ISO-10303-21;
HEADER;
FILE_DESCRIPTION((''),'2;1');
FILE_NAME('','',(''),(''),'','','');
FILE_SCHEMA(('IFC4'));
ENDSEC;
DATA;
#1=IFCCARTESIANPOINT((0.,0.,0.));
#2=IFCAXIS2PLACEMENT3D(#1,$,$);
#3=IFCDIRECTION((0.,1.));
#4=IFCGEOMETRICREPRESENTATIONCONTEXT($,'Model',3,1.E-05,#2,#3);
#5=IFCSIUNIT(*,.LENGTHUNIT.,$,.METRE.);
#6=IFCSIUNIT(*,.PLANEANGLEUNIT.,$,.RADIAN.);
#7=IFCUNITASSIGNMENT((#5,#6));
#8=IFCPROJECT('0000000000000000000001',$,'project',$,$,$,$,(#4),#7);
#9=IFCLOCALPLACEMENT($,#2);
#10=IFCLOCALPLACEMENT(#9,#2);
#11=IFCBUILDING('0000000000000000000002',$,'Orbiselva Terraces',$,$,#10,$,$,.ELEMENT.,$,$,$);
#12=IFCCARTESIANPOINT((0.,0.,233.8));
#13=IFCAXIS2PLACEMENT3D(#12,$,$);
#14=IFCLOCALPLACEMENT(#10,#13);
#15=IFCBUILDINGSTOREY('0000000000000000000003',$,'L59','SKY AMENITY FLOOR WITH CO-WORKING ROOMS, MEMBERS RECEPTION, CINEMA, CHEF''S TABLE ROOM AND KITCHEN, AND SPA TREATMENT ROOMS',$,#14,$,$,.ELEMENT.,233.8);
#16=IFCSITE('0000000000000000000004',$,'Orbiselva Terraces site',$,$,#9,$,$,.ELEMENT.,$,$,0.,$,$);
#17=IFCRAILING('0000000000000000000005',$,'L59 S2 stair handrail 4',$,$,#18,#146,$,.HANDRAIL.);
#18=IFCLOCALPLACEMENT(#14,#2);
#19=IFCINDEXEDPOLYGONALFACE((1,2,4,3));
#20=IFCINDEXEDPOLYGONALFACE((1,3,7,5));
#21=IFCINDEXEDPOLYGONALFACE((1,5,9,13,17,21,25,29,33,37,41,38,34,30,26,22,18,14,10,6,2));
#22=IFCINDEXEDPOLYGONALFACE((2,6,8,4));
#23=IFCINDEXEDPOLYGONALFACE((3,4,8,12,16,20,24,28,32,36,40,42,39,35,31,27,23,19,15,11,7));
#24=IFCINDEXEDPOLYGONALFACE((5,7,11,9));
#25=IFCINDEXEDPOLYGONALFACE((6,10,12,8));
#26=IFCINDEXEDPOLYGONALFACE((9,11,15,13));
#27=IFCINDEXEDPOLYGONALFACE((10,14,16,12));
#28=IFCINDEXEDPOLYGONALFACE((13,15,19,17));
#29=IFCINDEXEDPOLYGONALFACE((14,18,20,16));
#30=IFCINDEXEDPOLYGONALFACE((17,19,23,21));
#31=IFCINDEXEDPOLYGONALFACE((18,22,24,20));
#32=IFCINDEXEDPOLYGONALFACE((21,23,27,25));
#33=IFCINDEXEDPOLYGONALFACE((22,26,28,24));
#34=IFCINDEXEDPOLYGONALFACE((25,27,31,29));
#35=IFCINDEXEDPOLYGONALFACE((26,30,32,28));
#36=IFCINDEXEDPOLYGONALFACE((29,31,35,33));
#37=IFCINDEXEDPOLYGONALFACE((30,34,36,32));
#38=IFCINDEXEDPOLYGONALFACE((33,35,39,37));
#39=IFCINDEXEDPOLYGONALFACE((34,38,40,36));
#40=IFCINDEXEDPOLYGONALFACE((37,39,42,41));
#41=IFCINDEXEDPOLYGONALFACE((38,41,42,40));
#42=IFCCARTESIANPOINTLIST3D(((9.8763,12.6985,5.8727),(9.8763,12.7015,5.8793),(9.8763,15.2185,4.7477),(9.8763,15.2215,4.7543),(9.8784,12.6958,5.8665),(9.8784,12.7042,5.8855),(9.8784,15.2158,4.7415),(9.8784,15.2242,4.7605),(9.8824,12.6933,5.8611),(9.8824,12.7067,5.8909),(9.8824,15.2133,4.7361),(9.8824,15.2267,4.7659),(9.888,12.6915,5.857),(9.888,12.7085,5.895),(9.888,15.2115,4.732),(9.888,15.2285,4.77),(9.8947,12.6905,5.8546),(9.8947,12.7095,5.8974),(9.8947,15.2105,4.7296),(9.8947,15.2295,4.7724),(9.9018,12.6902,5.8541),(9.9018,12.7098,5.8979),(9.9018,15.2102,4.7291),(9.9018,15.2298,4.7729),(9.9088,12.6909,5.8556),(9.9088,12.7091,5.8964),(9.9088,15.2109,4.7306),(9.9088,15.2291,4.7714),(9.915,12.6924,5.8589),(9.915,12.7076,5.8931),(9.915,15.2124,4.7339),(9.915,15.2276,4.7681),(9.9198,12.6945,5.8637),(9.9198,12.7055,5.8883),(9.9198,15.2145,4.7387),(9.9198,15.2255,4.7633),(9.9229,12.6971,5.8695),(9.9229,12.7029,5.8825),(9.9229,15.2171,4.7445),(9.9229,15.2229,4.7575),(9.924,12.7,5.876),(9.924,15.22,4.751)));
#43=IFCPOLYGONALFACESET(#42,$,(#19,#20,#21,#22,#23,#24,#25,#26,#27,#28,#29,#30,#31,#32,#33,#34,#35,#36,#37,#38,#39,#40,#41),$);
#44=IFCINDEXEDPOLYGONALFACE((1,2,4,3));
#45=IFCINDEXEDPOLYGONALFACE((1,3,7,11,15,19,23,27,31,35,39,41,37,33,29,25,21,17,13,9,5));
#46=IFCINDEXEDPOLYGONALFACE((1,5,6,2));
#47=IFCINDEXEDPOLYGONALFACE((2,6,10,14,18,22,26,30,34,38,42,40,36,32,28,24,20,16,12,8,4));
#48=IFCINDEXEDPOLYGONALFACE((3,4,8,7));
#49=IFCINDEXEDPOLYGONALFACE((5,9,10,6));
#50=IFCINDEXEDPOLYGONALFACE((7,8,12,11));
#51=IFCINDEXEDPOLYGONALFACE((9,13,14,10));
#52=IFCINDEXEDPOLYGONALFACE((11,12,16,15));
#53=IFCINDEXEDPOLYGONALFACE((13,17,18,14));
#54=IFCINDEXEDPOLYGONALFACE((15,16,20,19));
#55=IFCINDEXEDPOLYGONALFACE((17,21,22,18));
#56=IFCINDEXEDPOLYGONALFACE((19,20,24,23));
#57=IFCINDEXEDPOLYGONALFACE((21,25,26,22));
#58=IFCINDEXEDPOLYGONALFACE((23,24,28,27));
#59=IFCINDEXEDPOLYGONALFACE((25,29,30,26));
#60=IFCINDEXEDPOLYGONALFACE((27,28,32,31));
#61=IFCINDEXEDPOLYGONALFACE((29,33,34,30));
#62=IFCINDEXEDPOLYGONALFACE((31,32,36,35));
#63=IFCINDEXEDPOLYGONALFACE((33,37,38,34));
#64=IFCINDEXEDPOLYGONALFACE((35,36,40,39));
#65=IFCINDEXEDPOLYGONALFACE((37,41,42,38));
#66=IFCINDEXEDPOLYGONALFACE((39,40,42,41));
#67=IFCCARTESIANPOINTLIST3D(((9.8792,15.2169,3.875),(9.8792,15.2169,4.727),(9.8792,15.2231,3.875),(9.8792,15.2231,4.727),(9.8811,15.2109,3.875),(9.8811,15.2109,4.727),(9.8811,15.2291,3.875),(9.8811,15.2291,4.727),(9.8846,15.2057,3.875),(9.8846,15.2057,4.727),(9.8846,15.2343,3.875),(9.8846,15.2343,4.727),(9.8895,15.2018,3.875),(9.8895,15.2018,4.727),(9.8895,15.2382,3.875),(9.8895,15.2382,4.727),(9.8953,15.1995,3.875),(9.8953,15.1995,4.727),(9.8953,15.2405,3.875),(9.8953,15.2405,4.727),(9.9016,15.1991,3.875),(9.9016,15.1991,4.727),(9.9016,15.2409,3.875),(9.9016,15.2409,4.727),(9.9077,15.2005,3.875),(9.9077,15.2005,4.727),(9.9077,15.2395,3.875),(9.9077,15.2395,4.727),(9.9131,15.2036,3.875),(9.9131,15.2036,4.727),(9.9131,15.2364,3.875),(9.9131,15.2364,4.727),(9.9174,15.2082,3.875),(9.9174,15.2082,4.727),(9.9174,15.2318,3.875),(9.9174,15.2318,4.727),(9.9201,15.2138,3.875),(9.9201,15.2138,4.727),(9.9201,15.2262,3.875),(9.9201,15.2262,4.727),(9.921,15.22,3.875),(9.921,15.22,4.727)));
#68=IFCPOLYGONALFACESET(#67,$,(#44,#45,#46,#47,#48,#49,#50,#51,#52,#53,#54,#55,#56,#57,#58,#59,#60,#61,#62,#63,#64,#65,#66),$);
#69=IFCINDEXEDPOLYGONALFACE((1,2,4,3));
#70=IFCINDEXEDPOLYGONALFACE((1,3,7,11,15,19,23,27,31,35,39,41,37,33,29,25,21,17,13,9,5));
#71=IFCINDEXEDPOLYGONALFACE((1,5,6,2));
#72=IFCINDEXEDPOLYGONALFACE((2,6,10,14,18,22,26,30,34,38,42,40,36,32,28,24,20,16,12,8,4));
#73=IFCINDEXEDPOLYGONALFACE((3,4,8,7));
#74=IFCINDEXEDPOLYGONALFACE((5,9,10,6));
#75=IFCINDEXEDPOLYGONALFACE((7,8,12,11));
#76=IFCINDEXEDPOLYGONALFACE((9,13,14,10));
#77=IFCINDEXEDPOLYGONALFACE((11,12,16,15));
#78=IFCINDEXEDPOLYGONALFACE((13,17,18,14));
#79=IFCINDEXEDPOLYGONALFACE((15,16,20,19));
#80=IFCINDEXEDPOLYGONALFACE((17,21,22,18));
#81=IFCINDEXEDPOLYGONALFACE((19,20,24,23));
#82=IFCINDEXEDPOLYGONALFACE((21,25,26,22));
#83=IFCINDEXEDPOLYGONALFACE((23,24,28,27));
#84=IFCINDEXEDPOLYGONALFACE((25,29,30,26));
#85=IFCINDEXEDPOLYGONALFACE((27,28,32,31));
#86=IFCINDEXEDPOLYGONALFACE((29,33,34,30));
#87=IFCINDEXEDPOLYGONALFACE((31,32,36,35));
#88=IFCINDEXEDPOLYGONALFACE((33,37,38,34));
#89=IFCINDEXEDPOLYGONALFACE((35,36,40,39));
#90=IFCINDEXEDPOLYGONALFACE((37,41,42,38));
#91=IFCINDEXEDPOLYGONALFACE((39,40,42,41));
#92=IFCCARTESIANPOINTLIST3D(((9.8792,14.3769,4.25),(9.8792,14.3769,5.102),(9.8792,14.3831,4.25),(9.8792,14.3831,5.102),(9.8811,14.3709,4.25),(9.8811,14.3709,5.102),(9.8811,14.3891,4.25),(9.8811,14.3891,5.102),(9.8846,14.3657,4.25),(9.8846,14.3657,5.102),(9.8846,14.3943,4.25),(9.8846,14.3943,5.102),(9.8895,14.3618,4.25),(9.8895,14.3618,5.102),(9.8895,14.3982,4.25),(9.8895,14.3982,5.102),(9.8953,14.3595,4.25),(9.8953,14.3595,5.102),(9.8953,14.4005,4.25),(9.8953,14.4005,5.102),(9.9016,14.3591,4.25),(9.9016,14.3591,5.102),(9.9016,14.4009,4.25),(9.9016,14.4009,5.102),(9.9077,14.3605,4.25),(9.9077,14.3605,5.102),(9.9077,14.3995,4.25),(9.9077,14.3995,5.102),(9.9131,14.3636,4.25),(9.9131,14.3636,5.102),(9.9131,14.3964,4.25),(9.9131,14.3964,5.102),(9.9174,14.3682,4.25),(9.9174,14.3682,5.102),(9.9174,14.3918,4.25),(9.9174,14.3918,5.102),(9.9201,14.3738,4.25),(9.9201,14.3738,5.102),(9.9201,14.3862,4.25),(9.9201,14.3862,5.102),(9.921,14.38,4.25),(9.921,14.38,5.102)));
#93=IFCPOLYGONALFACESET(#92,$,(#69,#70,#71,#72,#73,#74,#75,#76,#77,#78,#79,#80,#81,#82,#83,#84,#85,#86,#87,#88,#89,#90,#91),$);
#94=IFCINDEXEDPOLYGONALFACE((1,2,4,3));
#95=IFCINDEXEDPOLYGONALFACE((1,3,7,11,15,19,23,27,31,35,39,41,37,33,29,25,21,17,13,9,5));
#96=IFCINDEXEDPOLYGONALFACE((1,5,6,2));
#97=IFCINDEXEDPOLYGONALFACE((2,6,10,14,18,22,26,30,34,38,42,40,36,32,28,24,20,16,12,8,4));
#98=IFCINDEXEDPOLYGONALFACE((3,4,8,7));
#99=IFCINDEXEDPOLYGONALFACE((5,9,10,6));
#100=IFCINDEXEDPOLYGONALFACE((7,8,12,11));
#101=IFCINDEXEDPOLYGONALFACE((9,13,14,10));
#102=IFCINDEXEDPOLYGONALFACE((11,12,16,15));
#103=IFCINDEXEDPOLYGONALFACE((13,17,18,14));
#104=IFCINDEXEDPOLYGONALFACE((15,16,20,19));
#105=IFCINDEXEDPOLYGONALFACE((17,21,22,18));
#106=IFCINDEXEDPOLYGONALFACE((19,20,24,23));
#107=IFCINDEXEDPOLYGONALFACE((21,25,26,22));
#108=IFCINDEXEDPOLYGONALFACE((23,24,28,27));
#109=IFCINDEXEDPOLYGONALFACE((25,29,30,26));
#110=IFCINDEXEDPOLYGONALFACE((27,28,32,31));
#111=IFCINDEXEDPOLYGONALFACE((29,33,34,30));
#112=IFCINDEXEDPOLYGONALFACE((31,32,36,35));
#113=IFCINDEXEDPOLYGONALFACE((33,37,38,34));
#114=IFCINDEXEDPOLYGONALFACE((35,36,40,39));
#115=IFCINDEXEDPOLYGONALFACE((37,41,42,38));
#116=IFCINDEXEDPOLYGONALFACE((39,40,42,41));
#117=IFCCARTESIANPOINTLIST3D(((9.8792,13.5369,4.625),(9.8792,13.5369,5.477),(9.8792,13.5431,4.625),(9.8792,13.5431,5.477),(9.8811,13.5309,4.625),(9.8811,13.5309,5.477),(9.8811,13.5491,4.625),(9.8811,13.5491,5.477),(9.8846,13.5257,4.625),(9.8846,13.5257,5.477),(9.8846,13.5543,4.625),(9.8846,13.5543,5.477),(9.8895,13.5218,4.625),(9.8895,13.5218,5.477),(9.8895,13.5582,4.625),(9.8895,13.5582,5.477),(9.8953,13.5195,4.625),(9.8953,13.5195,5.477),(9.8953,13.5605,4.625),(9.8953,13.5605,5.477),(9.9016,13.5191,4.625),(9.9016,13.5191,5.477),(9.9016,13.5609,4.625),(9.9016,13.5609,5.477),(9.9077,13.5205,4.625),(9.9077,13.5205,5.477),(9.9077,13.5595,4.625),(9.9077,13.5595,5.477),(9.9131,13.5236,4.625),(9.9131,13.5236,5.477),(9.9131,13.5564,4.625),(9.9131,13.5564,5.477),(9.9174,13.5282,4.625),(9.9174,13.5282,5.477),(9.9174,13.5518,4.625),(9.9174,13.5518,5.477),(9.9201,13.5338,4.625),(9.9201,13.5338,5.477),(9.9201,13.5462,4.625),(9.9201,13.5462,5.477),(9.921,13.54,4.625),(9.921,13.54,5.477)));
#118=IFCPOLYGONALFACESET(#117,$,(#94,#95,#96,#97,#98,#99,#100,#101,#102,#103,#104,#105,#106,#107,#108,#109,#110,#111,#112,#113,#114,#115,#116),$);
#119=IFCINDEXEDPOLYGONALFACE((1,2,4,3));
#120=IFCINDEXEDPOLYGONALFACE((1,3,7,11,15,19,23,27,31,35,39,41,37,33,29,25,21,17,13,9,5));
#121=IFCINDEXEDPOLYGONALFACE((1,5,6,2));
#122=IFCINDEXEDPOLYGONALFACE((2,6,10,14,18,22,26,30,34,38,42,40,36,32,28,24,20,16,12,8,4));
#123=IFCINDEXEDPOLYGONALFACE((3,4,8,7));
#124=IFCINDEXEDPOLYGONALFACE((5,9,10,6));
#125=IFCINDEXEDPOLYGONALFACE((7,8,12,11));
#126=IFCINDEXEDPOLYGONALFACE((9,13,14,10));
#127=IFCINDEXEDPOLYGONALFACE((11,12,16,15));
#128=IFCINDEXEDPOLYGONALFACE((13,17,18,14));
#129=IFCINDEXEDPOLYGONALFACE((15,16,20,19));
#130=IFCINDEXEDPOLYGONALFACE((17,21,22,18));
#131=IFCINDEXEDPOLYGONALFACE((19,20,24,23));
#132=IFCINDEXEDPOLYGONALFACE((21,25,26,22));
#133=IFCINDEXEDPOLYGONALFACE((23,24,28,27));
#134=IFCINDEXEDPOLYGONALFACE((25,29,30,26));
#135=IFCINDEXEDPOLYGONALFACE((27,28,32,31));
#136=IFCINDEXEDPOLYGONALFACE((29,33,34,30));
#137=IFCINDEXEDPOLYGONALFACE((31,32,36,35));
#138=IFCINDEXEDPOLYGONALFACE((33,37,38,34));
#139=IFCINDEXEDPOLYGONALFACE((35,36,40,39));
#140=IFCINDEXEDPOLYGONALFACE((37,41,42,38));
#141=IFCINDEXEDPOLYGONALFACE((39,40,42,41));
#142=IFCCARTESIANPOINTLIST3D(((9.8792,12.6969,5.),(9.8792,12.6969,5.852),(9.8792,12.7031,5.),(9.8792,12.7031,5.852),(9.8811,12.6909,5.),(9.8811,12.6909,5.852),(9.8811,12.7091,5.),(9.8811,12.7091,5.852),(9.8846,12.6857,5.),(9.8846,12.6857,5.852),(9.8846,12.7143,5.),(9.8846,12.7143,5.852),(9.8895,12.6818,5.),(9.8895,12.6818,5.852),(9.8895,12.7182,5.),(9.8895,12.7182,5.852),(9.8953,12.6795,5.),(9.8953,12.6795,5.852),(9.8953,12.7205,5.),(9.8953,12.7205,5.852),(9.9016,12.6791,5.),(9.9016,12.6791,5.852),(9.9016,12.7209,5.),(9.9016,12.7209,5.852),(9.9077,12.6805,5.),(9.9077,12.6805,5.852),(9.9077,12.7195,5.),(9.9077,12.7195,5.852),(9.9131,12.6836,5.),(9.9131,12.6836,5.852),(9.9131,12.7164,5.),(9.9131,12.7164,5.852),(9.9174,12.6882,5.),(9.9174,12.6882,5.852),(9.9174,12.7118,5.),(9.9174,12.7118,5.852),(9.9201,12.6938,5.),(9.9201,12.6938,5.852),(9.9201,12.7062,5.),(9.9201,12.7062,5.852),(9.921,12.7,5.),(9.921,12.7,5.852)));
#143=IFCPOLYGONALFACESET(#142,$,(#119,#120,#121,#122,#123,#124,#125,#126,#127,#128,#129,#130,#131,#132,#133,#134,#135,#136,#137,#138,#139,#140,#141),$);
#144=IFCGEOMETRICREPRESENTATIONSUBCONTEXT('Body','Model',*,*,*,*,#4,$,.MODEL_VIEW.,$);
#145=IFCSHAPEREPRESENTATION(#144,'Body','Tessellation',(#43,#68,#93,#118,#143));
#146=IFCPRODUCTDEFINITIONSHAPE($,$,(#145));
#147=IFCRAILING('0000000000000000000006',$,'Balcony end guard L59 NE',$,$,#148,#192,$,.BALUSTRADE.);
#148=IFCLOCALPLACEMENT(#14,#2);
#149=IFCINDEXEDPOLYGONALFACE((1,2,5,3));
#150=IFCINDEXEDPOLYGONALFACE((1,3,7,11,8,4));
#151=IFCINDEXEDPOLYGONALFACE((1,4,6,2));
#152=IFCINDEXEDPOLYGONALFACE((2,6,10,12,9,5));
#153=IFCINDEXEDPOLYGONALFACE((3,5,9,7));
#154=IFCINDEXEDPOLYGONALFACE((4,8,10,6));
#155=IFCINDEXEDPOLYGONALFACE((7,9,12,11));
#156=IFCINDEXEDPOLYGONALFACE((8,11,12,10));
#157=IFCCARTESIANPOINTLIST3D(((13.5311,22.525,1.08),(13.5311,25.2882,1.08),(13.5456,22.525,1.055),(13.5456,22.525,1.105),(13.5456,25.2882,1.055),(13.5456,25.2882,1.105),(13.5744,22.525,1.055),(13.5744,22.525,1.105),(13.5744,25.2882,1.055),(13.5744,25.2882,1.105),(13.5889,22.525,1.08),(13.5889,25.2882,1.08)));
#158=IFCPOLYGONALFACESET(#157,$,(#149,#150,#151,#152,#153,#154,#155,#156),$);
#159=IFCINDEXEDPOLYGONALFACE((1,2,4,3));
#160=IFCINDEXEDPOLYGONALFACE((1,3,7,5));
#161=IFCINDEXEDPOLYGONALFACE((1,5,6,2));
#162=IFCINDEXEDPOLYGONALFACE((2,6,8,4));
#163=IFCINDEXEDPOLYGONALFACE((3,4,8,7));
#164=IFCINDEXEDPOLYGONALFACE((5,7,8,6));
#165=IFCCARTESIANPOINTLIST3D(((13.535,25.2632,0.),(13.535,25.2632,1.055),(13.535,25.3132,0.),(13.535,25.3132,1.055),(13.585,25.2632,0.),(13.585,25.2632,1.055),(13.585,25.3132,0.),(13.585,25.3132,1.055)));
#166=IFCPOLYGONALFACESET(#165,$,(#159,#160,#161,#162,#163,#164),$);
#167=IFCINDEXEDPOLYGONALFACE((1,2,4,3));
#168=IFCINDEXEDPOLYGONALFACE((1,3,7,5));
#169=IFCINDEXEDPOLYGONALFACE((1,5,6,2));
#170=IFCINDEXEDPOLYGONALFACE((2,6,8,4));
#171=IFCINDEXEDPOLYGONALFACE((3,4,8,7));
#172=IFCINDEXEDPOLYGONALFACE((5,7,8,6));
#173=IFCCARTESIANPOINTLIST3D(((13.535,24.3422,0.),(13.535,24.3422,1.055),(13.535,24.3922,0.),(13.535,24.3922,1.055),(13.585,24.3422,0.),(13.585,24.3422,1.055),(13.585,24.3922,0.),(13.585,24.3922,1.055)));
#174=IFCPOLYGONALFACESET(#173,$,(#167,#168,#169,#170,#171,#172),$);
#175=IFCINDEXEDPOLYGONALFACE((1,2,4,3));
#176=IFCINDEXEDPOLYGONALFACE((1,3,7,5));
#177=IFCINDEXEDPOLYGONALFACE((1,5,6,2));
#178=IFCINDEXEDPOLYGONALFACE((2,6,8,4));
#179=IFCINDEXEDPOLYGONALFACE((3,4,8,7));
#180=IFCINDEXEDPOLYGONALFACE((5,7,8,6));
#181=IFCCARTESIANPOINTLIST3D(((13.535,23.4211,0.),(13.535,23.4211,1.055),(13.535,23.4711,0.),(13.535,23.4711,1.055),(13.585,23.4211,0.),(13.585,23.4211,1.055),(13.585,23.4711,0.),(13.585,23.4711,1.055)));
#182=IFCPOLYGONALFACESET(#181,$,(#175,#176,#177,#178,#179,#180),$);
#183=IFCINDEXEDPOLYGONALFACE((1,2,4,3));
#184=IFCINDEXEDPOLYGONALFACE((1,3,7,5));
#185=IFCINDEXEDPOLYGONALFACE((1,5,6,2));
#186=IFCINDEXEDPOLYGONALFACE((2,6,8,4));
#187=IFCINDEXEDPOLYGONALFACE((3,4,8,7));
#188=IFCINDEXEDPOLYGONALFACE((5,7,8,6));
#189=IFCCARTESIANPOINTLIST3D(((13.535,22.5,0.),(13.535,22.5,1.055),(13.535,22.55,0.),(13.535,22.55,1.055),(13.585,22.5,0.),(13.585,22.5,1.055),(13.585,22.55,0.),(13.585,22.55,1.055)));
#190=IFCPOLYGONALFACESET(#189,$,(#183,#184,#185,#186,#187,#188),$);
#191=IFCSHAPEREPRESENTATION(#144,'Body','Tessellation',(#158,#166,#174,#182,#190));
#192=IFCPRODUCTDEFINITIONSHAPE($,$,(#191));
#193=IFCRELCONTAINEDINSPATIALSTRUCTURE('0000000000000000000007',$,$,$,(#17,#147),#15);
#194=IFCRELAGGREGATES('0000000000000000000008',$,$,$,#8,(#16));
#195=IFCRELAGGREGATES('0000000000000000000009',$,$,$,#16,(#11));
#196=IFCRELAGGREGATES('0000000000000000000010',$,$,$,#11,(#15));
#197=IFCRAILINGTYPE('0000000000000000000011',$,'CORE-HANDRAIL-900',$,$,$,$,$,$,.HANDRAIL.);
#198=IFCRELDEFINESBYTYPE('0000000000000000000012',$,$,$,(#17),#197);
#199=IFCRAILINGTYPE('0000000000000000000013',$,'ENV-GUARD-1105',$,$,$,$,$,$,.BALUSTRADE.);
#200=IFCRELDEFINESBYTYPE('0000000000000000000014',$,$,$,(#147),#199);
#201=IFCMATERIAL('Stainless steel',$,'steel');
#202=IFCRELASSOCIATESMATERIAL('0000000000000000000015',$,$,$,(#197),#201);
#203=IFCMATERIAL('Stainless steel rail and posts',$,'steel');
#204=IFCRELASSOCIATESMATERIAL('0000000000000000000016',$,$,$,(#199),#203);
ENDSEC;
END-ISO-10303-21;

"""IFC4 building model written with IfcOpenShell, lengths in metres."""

from ifc_helpers import new_model, si_unit, direction, frame, origin, origin_2d, place, context, subcontext, project, spatial, polyline, rectangle, circle, outline, extrude, material, type_object, element, save


model = new_model("IFC4")

# Units and contexts
model_context = context("Model", 3, precision=1e-05, world=origin(), true_north=direction((0.0, 1.0)))
body_context = subcontext(model_context, "Body", "Model", "MODEL_VIEW")
ifc_project = project(units=[si_unit("LENGTHUNIT", "METRE"), si_unit("PLANEANGLEUNIT", "RADIAN")], contexts=[model_context])

# Site, building, storey
site_placement = place(None, origin())
site = spatial("IfcSite", under=ifc_project, at=site_placement, Name="Orbiselva Terraces site", CompositionType="ELEMENT", RefElevation=0.0)
building_placement = place(site_placement, origin())
building = spatial("IfcBuilding", under=site, at=building_placement, Name="Orbiselva Terraces", CompositionType="ELEMENT")
storey_placement = place(building_placement, frame((0.0, 0.0, 233.8)))
storey = spatial("IfcBuildingStorey", under=building, at=storey_placement, Name="L59", Description="SKY AMENITY FLOOR WITH CO-WORKING ROOMS, MEMBERS RECEPTION, CINEMA, CHEF'S TABLE ROOM AND KITCHEN, AND SPA TREATMENT ROOMS", CompositionType="ELEMENT", Elevation=233.8)

# Railings
ifc_material_1 = material(Name="Stainless steel", Category="steel")
railing_type_1 = type_object("IfcRailingType", Name="CORE-HANDRAIL-900", PredefinedType="HANDRAIL", material=ifc_material_1)
railing_1_placement = place(storey_placement, frame((9.9, 15.22, 3.875)))
element("IfcRailing", 1, at=railing_1_placement, inside=storey, type_object=railing_type_1, Name="L59 S2 stair handrail 4", PredefinedType="HANDRAIL", context=body_context, shape_type="SweptSolid", body=[
    extrude(circle(Radius=0.024, at=origin_2d()), frame((0.0, 0.0, 0.876), z_axis=(0.0, -0.913138, 0.407651), x_axis=(1.0, 0.0, 0.0)), (0.0, 0.0, 1.0), 2.7597),
    extrude(circle(Radius=0.021, at=origin_2d()), origin(), (0.0, 0.0, 1.0), 0.852),
    extrude(circle(Radius=0.021, at=origin_2d()), frame((0.0, -0.84, 0.375)), (0.0, 0.0, 1.0), 0.852),
    extrude(circle(Radius=0.021, at=origin_2d()), frame((0.0, -1.68, 0.75)), (0.0, 0.0, 1.0), 0.852),
    extrude(circle(Radius=0.021, at=origin_2d()), frame((0.0, -2.52, 1.125)), (0.0, 0.0, 1.0), 0.852),
])
ifc_material_2 = material(Name="Stainless steel rail and posts", Category="steel")
railing_type_2 = type_object("IfcRailingType", Name="ENV-GUARD-1105", PredefinedType="BALUSTRADE", material=ifc_material_2)
railing_2_placement = place(storey_placement, frame((13.56, 25.2882, 0.0)))
element("IfcRailing", 2, at=railing_2_placement, inside=storey, type_object=railing_type_2, Name="Balcony end guard L59 NE", PredefinedType="BALUSTRADE", context=body_context, shape_type="SweptSolid", body=[
    extrude(outline(polyline([(0.0289, 0.0), (0.0144, 0.025), (-0.0144, 0.025), (-0.0289, 0.0), (-0.0144, -0.025), (0.0144, -0.025), (0.0289, 0.0)])), frame((0.0, 0.0, 1.08), z_axis=(0.0, -1.0, 0.0), x_axis=(1.0, 0.0, 0.0)), (0.0, 0.0, 1.0), 2.7632),
    extrude(rectangle(XDim=0.05, YDim=0.05, at=origin_2d()), origin(), (0.0, 0.0, 1.0), 1.055),
    extrude(rectangle(XDim=0.05, YDim=0.05, at=origin_2d()), frame((0.0, -0.9211, 0.0)), (0.0, 0.0, 1.0), 1.055),
    extrude(rectangle(XDim=0.05, YDim=0.05, at=origin_2d()), frame((0.0, -1.8422, 0.0)), (0.0, 0.0, 1.0), 1.055),
    extrude(rectangle(XDim=0.05, YDim=0.05, at=origin_2d()), frame((0.0, -2.7632, 0.0)), (0.0, 0.0, 1.0), 1.055),
])

save(model, "model.ifc")
